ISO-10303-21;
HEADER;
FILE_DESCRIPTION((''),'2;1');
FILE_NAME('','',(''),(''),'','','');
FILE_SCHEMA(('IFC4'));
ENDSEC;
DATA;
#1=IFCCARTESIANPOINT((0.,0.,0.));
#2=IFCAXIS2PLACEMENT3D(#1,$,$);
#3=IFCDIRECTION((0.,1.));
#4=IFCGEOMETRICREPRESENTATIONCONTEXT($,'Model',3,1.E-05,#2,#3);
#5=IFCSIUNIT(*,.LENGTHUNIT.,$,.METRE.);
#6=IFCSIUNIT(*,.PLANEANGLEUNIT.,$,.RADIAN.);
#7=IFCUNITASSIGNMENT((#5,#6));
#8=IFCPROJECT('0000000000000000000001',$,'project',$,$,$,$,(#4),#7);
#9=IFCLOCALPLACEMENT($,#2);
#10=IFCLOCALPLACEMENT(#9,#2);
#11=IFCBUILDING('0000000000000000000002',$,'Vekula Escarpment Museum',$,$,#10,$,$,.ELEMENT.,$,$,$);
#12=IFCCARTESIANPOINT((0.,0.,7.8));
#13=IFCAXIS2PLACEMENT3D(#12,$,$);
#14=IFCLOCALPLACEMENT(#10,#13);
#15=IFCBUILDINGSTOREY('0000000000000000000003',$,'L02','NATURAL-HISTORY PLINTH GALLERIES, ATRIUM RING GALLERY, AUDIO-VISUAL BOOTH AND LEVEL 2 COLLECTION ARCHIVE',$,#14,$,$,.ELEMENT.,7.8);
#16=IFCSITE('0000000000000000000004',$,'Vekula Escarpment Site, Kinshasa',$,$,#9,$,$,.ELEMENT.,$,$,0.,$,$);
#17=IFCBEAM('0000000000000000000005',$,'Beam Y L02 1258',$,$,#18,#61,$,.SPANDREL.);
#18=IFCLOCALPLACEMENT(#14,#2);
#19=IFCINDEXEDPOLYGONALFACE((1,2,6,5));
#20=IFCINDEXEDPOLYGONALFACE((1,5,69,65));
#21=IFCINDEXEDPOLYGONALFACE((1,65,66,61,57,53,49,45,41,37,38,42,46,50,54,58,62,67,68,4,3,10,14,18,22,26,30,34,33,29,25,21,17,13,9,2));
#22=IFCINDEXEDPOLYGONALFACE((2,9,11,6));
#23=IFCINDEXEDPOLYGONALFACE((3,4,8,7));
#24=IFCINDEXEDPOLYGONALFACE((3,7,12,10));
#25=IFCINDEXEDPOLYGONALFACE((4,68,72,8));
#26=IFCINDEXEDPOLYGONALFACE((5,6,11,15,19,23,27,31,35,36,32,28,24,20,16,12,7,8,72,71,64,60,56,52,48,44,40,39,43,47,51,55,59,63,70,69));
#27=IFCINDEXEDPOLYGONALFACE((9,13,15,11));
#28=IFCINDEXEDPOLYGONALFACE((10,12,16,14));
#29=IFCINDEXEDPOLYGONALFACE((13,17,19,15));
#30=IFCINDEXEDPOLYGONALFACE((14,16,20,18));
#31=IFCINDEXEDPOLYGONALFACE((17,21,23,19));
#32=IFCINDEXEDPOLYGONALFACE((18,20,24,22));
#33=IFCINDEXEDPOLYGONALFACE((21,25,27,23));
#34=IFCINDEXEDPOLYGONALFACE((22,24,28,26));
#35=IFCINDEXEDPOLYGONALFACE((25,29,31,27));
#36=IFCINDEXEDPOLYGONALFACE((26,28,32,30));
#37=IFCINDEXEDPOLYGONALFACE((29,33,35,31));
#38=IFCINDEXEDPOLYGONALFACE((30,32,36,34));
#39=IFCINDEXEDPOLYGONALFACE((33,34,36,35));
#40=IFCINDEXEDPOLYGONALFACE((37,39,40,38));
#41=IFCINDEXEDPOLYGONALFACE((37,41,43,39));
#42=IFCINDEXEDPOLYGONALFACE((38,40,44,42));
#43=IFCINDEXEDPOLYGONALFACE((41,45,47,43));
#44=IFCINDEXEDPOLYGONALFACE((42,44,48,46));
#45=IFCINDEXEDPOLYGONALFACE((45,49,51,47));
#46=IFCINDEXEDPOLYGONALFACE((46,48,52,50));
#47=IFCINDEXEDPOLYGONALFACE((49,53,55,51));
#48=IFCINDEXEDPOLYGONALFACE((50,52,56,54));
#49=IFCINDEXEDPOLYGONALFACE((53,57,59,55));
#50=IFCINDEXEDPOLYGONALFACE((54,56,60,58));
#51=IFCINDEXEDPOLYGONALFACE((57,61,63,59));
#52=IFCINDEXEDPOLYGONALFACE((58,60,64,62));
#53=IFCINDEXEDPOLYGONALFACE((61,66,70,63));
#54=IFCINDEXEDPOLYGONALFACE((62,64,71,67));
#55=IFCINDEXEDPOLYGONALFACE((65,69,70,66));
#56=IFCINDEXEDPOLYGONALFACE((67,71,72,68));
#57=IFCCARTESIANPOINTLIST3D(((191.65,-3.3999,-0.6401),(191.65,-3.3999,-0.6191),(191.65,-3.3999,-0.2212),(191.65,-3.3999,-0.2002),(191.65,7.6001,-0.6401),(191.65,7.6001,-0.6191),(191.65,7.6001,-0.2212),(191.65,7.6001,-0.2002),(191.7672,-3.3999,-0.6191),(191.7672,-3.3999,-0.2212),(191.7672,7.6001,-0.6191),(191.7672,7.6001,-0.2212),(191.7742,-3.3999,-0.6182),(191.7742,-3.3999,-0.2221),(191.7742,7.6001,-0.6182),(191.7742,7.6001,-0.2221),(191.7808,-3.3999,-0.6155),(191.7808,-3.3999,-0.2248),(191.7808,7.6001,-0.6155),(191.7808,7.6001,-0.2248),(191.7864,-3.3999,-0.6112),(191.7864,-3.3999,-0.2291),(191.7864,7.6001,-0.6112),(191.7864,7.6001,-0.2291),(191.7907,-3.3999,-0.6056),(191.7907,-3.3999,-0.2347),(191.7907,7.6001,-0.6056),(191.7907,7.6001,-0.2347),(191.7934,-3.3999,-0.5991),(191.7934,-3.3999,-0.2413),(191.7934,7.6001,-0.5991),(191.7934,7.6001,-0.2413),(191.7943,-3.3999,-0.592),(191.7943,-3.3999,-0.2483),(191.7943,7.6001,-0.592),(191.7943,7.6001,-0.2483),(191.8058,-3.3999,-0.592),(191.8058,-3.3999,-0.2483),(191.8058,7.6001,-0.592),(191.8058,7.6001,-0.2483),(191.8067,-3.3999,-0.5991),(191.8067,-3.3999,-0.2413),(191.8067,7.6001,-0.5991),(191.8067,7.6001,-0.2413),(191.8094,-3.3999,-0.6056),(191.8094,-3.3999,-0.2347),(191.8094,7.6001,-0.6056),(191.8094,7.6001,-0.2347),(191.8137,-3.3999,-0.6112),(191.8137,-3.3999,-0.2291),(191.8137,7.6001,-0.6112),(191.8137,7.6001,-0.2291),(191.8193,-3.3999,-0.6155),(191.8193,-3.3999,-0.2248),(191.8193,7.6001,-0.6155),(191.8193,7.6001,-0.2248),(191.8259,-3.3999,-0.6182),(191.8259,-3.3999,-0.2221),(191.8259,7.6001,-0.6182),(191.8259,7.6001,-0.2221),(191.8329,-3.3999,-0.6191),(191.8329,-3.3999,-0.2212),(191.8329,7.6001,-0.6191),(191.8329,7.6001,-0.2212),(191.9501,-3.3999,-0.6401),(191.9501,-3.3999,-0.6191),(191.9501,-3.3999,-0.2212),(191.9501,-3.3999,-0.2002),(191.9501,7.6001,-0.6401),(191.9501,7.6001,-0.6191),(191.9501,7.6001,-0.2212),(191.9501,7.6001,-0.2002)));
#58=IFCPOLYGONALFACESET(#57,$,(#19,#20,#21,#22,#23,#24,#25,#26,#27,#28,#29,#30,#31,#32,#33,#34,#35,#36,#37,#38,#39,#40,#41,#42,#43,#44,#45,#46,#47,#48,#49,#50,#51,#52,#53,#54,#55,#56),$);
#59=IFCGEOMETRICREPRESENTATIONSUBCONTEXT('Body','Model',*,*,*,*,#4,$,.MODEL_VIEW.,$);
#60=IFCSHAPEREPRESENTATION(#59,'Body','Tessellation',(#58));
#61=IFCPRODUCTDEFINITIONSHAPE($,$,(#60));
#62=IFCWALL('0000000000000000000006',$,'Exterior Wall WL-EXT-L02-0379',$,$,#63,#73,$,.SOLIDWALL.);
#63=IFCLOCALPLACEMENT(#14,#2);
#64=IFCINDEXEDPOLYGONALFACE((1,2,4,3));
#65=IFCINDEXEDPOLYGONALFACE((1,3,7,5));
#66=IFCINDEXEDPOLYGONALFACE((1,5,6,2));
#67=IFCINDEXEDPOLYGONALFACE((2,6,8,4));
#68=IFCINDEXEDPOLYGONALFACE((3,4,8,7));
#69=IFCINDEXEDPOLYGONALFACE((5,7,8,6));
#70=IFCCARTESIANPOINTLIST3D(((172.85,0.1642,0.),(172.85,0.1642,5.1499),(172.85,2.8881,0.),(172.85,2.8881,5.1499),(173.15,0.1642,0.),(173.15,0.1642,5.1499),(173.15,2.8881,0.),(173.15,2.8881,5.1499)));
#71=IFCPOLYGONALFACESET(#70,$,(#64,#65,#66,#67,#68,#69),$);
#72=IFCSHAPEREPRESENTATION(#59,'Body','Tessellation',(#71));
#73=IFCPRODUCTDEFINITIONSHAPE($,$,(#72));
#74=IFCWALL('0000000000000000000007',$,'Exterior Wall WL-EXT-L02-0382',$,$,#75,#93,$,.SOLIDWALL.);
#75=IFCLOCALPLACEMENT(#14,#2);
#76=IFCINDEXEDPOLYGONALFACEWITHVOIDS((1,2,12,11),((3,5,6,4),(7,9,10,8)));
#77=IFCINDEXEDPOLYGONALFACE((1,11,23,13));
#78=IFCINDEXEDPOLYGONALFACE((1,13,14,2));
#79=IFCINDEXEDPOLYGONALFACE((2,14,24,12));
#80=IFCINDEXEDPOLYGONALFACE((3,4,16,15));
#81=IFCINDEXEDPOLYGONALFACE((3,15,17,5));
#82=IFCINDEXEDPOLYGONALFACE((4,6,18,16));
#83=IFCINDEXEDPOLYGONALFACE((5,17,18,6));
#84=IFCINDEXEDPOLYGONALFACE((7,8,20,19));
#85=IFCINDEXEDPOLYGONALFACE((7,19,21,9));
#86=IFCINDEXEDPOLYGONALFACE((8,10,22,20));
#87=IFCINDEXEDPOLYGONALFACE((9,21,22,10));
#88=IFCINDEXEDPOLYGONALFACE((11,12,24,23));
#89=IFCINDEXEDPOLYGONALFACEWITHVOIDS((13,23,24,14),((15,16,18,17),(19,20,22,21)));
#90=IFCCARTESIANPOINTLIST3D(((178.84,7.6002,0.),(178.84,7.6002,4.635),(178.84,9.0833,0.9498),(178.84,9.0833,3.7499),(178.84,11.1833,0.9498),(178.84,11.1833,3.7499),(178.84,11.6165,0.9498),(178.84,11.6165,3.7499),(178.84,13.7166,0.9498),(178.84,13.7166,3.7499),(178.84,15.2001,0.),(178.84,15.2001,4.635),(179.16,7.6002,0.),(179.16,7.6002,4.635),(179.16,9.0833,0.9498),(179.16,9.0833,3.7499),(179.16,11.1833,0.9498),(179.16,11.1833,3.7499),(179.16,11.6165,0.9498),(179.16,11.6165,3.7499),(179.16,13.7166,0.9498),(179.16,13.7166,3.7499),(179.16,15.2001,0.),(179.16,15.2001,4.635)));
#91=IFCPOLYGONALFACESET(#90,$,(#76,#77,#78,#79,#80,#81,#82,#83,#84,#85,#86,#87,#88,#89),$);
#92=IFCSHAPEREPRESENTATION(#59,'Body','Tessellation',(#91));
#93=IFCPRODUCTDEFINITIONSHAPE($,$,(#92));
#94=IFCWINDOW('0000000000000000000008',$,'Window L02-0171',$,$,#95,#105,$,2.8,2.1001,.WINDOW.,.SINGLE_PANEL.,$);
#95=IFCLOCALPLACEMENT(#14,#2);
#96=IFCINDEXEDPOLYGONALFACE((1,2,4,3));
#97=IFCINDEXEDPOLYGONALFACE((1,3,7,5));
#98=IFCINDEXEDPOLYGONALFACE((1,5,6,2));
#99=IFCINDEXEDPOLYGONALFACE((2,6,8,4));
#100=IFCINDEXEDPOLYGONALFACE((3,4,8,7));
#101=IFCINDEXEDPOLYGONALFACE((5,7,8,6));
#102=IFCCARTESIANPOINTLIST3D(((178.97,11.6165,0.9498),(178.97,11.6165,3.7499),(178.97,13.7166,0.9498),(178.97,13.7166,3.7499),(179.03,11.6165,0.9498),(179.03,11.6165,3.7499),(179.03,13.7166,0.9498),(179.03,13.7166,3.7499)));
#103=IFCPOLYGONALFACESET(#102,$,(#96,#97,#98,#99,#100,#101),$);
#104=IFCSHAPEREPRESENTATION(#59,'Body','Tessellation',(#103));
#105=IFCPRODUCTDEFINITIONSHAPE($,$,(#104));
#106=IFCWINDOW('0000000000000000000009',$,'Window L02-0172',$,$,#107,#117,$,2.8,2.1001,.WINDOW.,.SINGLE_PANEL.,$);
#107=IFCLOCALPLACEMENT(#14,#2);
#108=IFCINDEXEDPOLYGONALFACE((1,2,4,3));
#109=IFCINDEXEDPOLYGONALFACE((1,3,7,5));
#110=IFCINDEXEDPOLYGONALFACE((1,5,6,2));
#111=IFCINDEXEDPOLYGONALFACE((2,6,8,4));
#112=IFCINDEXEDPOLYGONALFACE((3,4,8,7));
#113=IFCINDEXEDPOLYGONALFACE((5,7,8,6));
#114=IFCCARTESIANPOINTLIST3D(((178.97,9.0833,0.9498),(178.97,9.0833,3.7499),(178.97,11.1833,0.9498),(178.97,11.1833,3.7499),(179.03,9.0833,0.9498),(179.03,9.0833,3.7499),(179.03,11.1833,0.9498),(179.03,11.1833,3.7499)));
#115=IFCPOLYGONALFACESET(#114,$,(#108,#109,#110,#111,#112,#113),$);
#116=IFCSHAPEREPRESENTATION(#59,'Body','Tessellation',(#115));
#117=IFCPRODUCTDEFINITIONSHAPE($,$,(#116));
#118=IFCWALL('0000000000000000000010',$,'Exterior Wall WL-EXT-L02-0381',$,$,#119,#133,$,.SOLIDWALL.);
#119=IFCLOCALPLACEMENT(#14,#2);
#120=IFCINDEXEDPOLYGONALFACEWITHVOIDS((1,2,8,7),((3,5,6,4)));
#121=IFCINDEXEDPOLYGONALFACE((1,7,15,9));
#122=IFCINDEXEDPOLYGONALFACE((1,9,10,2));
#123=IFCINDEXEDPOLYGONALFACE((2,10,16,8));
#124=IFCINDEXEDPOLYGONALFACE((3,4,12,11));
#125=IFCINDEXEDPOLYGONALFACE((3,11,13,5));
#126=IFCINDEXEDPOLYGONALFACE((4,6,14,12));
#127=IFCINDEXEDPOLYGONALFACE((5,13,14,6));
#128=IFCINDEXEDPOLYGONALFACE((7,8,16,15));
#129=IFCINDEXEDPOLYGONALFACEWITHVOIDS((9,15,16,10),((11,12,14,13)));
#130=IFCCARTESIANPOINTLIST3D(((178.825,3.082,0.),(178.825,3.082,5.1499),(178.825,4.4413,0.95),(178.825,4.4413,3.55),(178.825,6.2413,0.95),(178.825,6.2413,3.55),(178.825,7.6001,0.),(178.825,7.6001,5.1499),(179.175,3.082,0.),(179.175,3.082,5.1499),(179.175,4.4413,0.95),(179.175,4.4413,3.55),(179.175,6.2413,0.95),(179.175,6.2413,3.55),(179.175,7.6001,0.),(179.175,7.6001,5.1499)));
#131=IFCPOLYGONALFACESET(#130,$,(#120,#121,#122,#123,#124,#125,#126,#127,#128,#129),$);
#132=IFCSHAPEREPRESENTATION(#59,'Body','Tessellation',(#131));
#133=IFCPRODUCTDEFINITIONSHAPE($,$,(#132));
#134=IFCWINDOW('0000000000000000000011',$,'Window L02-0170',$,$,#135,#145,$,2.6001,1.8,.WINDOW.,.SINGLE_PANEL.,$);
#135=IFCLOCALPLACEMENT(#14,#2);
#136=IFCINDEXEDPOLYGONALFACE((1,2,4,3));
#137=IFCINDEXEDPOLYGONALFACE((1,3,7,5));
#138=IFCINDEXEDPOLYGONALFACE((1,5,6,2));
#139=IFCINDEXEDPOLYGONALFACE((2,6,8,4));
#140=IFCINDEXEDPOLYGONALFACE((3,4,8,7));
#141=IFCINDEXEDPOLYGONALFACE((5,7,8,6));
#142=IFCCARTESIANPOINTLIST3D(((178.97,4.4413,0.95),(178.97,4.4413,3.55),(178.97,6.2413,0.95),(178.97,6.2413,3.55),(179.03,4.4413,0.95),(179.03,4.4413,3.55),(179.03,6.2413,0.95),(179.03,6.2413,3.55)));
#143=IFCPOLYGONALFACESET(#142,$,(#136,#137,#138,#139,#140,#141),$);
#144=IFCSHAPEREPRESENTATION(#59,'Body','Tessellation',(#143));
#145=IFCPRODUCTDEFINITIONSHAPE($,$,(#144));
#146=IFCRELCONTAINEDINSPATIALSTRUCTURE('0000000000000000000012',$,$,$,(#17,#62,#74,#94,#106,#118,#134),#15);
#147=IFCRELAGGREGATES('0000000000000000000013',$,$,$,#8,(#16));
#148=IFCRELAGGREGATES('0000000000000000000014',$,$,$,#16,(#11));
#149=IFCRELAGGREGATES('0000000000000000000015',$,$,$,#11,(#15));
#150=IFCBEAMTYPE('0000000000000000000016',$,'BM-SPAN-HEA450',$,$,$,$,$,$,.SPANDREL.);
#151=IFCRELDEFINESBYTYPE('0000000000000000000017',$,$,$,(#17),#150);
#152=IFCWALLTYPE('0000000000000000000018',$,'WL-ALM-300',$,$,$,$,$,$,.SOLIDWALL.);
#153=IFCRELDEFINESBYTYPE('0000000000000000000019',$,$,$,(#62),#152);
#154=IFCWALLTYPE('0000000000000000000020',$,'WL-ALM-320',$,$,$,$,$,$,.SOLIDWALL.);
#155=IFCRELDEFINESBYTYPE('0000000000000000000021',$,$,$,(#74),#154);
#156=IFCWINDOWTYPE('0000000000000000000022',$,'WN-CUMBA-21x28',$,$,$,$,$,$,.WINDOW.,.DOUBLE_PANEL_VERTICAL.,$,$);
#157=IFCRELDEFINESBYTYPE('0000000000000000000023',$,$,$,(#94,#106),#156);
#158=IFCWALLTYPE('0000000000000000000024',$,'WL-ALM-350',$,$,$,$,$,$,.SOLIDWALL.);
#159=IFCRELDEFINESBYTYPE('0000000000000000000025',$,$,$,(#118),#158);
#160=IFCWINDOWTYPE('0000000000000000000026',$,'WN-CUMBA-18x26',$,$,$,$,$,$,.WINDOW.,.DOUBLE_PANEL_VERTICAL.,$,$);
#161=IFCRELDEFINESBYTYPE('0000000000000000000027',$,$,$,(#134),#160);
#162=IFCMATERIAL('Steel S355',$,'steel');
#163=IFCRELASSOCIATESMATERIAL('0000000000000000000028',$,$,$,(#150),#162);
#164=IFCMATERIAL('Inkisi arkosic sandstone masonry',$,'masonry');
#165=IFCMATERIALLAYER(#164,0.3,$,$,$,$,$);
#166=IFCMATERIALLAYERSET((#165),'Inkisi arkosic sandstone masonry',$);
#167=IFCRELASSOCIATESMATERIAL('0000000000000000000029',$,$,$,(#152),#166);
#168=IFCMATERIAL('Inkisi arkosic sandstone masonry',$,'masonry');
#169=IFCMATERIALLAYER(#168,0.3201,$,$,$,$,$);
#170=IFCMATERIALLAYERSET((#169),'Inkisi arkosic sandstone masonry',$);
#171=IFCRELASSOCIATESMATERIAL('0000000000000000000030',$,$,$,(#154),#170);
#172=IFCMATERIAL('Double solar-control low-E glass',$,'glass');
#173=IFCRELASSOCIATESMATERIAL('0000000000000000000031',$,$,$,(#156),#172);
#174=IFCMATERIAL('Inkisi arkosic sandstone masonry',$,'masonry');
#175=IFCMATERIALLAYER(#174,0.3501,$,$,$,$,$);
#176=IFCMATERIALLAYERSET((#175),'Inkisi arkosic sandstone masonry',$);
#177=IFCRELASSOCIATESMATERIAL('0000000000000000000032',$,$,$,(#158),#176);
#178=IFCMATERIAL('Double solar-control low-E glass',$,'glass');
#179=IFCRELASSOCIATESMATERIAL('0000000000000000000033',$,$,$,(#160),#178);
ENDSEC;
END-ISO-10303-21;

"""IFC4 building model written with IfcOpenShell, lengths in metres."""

from ifc_helpers import new_model, si_unit, direction, frame, frame_2d, origin, origin_2d, place, context, subcontext, project, spatial, rectangle, i_section, extrude, material, layer, layer_set, material_profile, profile_set, type_object, element, fill, save


model = new_model("IFC4")

# Units and contexts
model_context = context("Model", 3, precision=1e-05, world=origin(), true_north=direction((0.0, 1.0)))
body_context = subcontext(model_context, "Body", "Model", "MODEL_VIEW")
ifc_project = project(units=[si_unit("LENGTHUNIT", "METRE"), si_unit("PLANEANGLEUNIT", "RADIAN")], contexts=[model_context])

# Site, building, storey
site_placement = place(None, origin())
site = spatial("IfcSite", under=ifc_project, at=site_placement, Name="Vekula Escarpment Site, Kinshasa", CompositionType="ELEMENT", RefElevation=0.0)
building_placement = place(site_placement, origin())
building = spatial("IfcBuilding", under=site, at=building_placement, Name="Vekula Escarpment Museum", CompositionType="ELEMENT")
storey_placement = place(building_placement, frame((0.0, 0.0, 7.8)))
storey = spatial("IfcBuildingStorey", under=building, at=storey_placement, Name="L02", Description="NATURAL-HISTORY PLINTH GALLERIES, ATRIUM RING GALLERY, AUDIO-VISUAL BOOTH AND LEVEL 2 COLLECTION ARCHIVE", CompositionType="ELEMENT", Elevation=7.8)

# Beam
ifc_material_1 = material(Name="Steel S355", Category="steel")
ifc_material_profile_1 = material_profile(ifc_material_1, i_section(OverallWidth=0.3, OverallDepth=0.4399, WebThickness=0.0115, FlangeThickness=0.021, FilletRadius=0.0271, at=origin_2d()), Name="HEA 450")
ifc_profile_set_1 = profile_set([ifc_material_profile_1], Name="Steel S355")
beam_type_1 = type_object("IfcBeamType", Name="BM-SPAN-HEA450", PredefinedType="SPANDREL", material=ifc_profile_set_1)
beam_1_placement = place(storey_placement, frame((191.8, -3.3999, -0.4202), z_axis=(0.0, 1.0, 0.0), x_axis=(-1.0, 0.0, 0.0)))
element("IfcBeam", 1, at=beam_1_placement, inside=storey, type_object=beam_type_1, Name="Beam Y L02 1258", PredefinedType="SPANDREL", context=body_context, shape_type="SweptSolid", body=[
    extrude(i_section(OverallWidth=0.3, OverallDepth=0.4399, WebThickness=0.0115, FlangeThickness=0.021, FilletRadius=0.0271, at=origin_2d()), origin(), (0.0, 0.0, 1.0), 11.0),
])

# Wall
ifc_material_2 = material(Name="Inkisi arkosic sandstone masonry", Category="masonry")
ifc_layer_1 = layer(ifc_material_2, 0.3)
ifc_layer_set_1 = layer_set([ifc_layer_1], Name="Inkisi arkosic sandstone masonry")
wall_type_1 = type_object("IfcWallType", Name="WL-ALM-300", PredefinedType="SOLIDWALL", material=ifc_layer_set_1)
wall_1_placement = place(storey_placement, frame((173.0, 2.8879, 0.0), z_axis=(0.0, 0.0, 1.0), x_axis=(0.0, -1.0, 0.0)))
element("IfcWall", 2, at=wall_1_placement, inside=storey, type_object=wall_type_1, Name="Exterior Wall WL-EXT-L02-0379", PredefinedType="SOLIDWALL", context=body_context, shape_type="SweptSolid", body=[
    extrude(rectangle(XDim=2.7239, YDim=0.3, at=frame_2d((1.3618, 0.0))), origin(), (0.0, 0.0, 1.0), 5.1499),
])

# Wall, openings, windows
ifc_material_3 = material(Name="Inkisi arkosic sandstone masonry", Category="masonry")
ifc_layer_2 = layer(ifc_material_3, 0.3201)
ifc_layer_set_2 = layer_set([ifc_layer_2], Name="Inkisi arkosic sandstone masonry")
wall_type_2 = type_object("IfcWallType", Name="WL-ALM-320", PredefinedType="SOLIDWALL", material=ifc_layer_set_2)
wall_2_placement = place(storey_placement, frame((179.0, 15.2, 0.0), z_axis=(0.0, 0.0, 1.0), x_axis=(0.0, -1.0, 0.0)))
wall_2 = element("IfcWall", 3, at=wall_2_placement, inside=storey, type_object=wall_type_2, Name="Exterior Wall WL-EXT-L02-0382", PredefinedType="SOLIDWALL", context=body_context, shape_type="SweptSolid", body=[
    extrude(rectangle(XDim=7.5999, YDim=0.3201, at=frame_2d((3.7998, 0.0))), origin(), (0.0, 0.0, 1.0), 4.635),
])
opening_1_placement = place(wall_2_placement, frame((1.4834, 0.0, 0.95)))
opening_1 = element("IfcOpeningElement", 4, at=opening_1_placement, cuts=wall_2, PredefinedType="OPENING", context=body_context, shape_type="SweptSolid", body=[
    extrude(rectangle(XDim=2.1001, YDim=2.8, at=frame_2d((1.05, 1.3999))), frame((0.0, 0.1699, 0.0), z_axis=(0.0, -1.0, 0.0), x_axis=(1.0, 0.0, 0.0)), (0.0, 0.0, 1.0), 0.3401),
])
opening_2_placement = place(wall_2_placement, frame((4.0166, 0.0, 0.95)))
opening_2 = element("IfcOpeningElement", 5, at=opening_2_placement, cuts=wall_2, PredefinedType="OPENING", context=body_context, shape_type="SweptSolid", body=[
    extrude(rectangle(XDim=2.1001, YDim=2.8, at=frame_2d((1.05, 1.3999))), frame((0.0, 0.1699, 0.0), z_axis=(0.0, -1.0, 0.0), x_axis=(1.0, 0.0, 0.0)), (0.0, 0.0, 1.0), 0.3401),
])
ifc_material_4 = material(Name="Double solar-control low-E glass", Category="glass")
window_type_1 = type_object("IfcWindowType", Name="WN-CUMBA-21x28", PartitioningType="DOUBLE_PANEL_VERTICAL", PredefinedType="WINDOW", material=ifc_material_4)
window_1_placement = place(opening_1_placement, origin())
window_1 = element("IfcWindow", 6, at=window_1_placement, inside=storey, type_object=window_type_1, Name="Window L02-0171", OverallHeight=2.8, OverallWidth=2.1001, PartitioningType="SINGLE_PANEL", PredefinedType="WINDOW", context=body_context, shape_type="SweptSolid", body=[
    extrude(rectangle(XDim=2.1001, YDim=2.8, at=frame_2d((1.05, 1.3999))), frame((0.0, 0.03, 0.0), z_axis=(0.0, -1.0, 0.0), x_axis=(1.0, 0.0, 0.0)), (0.0, 0.0, 1.0), 0.0601),
])
fill(opening_1, window_1)
window_2_placement = place(opening_2_placement, origin())
window_2 = element("IfcWindow", 7, at=window_2_placement, inside=storey, type_object=window_type_1, Name="Window L02-0172", OverallHeight=2.8, OverallWidth=2.1001, PartitioningType="SINGLE_PANEL", PredefinedType="WINDOW", context=body_context, shape_type="SweptSolid", body=[
    extrude(rectangle(XDim=2.1001, YDim=2.8, at=frame_2d((1.05, 1.3999))), frame((0.0, 0.03, 0.0), z_axis=(0.0, -1.0, 0.0), x_axis=(1.0, 0.0, 0.0)), (0.0, 0.0, 1.0), 0.0601),
])
fill(opening_2, window_2)

# Wall, opening, window
ifc_material_5 = material(Name="Inkisi arkosic sandstone masonry", Category="masonry")
ifc_layer_3 = layer(ifc_material_5, 0.3501)
ifc_layer_set_3 = layer_set([ifc_layer_3], Name="Inkisi arkosic sandstone masonry")
wall_type_3 = type_object("IfcWallType", Name="WL-ALM-350", PredefinedType="SOLIDWALL", material=ifc_layer_set_3)
wall_3_placement = place(storey_placement, frame((179.0, 7.6001, 0.0), z_axis=(0.0, 0.0, 1.0), x_axis=(0.0, -1.0, 0.0)))
wall_3 = element("IfcWall", 8, at=wall_3_placement, inside=storey, type_object=wall_type_3, Name="Exterior Wall WL-EXT-L02-0381", PredefinedType="SOLIDWALL", context=body_context, shape_type="SweptSolid", body=[
    extrude(rectangle(XDim=4.5181, YDim=0.3501, at=frame_2d((2.259, 0.0))), origin(), (0.0, 0.0, 1.0), 5.1499),
])
opening_3_placement = place(wall_3_placement, frame((1.3589, 0.0, 0.95)))
opening_3 = element("IfcOpeningElement", 9, at=opening_3_placement, cuts=wall_3, PredefinedType="OPENING", context=body_context, shape_type="SweptSolid", body=[
    extrude(rectangle(XDim=1.8, YDim=2.6001, at=frame_2d((0.8999, 1.3))), frame((0.0, 0.1851, 0.0), z_axis=(0.0, -1.0, 0.0), x_axis=(1.0, 0.0, 0.0)), (0.0, 0.0, 1.0), 0.3701),
])
ifc_material_6 = material(Name="Double solar-control low-E glass", Category="glass")
window_type_2 = type_object("IfcWindowType", Name="WN-CUMBA-18x26", PartitioningType="DOUBLE_PANEL_VERTICAL", PredefinedType="WINDOW", material=ifc_material_6)
window_3_placement = place(opening_3_placement, origin())
window_3 = element("IfcWindow", 10, at=window_3_placement, inside=storey, type_object=window_type_2, Name="Window L02-0170", OverallHeight=2.6001, OverallWidth=1.8, PartitioningType="SINGLE_PANEL", PredefinedType="WINDOW", context=body_context, shape_type="SweptSolid", body=[
    extrude(rectangle(XDim=1.8, YDim=2.6001, at=frame_2d((0.8999, 1.3))), frame((0.0, 0.03, 0.0), z_axis=(0.0, -1.0, 0.0), x_axis=(1.0, 0.0, 0.0)), (0.0, 0.0, 1.0), 0.0601),
])
fill(opening_3, window_3)

save(model, "model.ifc")
